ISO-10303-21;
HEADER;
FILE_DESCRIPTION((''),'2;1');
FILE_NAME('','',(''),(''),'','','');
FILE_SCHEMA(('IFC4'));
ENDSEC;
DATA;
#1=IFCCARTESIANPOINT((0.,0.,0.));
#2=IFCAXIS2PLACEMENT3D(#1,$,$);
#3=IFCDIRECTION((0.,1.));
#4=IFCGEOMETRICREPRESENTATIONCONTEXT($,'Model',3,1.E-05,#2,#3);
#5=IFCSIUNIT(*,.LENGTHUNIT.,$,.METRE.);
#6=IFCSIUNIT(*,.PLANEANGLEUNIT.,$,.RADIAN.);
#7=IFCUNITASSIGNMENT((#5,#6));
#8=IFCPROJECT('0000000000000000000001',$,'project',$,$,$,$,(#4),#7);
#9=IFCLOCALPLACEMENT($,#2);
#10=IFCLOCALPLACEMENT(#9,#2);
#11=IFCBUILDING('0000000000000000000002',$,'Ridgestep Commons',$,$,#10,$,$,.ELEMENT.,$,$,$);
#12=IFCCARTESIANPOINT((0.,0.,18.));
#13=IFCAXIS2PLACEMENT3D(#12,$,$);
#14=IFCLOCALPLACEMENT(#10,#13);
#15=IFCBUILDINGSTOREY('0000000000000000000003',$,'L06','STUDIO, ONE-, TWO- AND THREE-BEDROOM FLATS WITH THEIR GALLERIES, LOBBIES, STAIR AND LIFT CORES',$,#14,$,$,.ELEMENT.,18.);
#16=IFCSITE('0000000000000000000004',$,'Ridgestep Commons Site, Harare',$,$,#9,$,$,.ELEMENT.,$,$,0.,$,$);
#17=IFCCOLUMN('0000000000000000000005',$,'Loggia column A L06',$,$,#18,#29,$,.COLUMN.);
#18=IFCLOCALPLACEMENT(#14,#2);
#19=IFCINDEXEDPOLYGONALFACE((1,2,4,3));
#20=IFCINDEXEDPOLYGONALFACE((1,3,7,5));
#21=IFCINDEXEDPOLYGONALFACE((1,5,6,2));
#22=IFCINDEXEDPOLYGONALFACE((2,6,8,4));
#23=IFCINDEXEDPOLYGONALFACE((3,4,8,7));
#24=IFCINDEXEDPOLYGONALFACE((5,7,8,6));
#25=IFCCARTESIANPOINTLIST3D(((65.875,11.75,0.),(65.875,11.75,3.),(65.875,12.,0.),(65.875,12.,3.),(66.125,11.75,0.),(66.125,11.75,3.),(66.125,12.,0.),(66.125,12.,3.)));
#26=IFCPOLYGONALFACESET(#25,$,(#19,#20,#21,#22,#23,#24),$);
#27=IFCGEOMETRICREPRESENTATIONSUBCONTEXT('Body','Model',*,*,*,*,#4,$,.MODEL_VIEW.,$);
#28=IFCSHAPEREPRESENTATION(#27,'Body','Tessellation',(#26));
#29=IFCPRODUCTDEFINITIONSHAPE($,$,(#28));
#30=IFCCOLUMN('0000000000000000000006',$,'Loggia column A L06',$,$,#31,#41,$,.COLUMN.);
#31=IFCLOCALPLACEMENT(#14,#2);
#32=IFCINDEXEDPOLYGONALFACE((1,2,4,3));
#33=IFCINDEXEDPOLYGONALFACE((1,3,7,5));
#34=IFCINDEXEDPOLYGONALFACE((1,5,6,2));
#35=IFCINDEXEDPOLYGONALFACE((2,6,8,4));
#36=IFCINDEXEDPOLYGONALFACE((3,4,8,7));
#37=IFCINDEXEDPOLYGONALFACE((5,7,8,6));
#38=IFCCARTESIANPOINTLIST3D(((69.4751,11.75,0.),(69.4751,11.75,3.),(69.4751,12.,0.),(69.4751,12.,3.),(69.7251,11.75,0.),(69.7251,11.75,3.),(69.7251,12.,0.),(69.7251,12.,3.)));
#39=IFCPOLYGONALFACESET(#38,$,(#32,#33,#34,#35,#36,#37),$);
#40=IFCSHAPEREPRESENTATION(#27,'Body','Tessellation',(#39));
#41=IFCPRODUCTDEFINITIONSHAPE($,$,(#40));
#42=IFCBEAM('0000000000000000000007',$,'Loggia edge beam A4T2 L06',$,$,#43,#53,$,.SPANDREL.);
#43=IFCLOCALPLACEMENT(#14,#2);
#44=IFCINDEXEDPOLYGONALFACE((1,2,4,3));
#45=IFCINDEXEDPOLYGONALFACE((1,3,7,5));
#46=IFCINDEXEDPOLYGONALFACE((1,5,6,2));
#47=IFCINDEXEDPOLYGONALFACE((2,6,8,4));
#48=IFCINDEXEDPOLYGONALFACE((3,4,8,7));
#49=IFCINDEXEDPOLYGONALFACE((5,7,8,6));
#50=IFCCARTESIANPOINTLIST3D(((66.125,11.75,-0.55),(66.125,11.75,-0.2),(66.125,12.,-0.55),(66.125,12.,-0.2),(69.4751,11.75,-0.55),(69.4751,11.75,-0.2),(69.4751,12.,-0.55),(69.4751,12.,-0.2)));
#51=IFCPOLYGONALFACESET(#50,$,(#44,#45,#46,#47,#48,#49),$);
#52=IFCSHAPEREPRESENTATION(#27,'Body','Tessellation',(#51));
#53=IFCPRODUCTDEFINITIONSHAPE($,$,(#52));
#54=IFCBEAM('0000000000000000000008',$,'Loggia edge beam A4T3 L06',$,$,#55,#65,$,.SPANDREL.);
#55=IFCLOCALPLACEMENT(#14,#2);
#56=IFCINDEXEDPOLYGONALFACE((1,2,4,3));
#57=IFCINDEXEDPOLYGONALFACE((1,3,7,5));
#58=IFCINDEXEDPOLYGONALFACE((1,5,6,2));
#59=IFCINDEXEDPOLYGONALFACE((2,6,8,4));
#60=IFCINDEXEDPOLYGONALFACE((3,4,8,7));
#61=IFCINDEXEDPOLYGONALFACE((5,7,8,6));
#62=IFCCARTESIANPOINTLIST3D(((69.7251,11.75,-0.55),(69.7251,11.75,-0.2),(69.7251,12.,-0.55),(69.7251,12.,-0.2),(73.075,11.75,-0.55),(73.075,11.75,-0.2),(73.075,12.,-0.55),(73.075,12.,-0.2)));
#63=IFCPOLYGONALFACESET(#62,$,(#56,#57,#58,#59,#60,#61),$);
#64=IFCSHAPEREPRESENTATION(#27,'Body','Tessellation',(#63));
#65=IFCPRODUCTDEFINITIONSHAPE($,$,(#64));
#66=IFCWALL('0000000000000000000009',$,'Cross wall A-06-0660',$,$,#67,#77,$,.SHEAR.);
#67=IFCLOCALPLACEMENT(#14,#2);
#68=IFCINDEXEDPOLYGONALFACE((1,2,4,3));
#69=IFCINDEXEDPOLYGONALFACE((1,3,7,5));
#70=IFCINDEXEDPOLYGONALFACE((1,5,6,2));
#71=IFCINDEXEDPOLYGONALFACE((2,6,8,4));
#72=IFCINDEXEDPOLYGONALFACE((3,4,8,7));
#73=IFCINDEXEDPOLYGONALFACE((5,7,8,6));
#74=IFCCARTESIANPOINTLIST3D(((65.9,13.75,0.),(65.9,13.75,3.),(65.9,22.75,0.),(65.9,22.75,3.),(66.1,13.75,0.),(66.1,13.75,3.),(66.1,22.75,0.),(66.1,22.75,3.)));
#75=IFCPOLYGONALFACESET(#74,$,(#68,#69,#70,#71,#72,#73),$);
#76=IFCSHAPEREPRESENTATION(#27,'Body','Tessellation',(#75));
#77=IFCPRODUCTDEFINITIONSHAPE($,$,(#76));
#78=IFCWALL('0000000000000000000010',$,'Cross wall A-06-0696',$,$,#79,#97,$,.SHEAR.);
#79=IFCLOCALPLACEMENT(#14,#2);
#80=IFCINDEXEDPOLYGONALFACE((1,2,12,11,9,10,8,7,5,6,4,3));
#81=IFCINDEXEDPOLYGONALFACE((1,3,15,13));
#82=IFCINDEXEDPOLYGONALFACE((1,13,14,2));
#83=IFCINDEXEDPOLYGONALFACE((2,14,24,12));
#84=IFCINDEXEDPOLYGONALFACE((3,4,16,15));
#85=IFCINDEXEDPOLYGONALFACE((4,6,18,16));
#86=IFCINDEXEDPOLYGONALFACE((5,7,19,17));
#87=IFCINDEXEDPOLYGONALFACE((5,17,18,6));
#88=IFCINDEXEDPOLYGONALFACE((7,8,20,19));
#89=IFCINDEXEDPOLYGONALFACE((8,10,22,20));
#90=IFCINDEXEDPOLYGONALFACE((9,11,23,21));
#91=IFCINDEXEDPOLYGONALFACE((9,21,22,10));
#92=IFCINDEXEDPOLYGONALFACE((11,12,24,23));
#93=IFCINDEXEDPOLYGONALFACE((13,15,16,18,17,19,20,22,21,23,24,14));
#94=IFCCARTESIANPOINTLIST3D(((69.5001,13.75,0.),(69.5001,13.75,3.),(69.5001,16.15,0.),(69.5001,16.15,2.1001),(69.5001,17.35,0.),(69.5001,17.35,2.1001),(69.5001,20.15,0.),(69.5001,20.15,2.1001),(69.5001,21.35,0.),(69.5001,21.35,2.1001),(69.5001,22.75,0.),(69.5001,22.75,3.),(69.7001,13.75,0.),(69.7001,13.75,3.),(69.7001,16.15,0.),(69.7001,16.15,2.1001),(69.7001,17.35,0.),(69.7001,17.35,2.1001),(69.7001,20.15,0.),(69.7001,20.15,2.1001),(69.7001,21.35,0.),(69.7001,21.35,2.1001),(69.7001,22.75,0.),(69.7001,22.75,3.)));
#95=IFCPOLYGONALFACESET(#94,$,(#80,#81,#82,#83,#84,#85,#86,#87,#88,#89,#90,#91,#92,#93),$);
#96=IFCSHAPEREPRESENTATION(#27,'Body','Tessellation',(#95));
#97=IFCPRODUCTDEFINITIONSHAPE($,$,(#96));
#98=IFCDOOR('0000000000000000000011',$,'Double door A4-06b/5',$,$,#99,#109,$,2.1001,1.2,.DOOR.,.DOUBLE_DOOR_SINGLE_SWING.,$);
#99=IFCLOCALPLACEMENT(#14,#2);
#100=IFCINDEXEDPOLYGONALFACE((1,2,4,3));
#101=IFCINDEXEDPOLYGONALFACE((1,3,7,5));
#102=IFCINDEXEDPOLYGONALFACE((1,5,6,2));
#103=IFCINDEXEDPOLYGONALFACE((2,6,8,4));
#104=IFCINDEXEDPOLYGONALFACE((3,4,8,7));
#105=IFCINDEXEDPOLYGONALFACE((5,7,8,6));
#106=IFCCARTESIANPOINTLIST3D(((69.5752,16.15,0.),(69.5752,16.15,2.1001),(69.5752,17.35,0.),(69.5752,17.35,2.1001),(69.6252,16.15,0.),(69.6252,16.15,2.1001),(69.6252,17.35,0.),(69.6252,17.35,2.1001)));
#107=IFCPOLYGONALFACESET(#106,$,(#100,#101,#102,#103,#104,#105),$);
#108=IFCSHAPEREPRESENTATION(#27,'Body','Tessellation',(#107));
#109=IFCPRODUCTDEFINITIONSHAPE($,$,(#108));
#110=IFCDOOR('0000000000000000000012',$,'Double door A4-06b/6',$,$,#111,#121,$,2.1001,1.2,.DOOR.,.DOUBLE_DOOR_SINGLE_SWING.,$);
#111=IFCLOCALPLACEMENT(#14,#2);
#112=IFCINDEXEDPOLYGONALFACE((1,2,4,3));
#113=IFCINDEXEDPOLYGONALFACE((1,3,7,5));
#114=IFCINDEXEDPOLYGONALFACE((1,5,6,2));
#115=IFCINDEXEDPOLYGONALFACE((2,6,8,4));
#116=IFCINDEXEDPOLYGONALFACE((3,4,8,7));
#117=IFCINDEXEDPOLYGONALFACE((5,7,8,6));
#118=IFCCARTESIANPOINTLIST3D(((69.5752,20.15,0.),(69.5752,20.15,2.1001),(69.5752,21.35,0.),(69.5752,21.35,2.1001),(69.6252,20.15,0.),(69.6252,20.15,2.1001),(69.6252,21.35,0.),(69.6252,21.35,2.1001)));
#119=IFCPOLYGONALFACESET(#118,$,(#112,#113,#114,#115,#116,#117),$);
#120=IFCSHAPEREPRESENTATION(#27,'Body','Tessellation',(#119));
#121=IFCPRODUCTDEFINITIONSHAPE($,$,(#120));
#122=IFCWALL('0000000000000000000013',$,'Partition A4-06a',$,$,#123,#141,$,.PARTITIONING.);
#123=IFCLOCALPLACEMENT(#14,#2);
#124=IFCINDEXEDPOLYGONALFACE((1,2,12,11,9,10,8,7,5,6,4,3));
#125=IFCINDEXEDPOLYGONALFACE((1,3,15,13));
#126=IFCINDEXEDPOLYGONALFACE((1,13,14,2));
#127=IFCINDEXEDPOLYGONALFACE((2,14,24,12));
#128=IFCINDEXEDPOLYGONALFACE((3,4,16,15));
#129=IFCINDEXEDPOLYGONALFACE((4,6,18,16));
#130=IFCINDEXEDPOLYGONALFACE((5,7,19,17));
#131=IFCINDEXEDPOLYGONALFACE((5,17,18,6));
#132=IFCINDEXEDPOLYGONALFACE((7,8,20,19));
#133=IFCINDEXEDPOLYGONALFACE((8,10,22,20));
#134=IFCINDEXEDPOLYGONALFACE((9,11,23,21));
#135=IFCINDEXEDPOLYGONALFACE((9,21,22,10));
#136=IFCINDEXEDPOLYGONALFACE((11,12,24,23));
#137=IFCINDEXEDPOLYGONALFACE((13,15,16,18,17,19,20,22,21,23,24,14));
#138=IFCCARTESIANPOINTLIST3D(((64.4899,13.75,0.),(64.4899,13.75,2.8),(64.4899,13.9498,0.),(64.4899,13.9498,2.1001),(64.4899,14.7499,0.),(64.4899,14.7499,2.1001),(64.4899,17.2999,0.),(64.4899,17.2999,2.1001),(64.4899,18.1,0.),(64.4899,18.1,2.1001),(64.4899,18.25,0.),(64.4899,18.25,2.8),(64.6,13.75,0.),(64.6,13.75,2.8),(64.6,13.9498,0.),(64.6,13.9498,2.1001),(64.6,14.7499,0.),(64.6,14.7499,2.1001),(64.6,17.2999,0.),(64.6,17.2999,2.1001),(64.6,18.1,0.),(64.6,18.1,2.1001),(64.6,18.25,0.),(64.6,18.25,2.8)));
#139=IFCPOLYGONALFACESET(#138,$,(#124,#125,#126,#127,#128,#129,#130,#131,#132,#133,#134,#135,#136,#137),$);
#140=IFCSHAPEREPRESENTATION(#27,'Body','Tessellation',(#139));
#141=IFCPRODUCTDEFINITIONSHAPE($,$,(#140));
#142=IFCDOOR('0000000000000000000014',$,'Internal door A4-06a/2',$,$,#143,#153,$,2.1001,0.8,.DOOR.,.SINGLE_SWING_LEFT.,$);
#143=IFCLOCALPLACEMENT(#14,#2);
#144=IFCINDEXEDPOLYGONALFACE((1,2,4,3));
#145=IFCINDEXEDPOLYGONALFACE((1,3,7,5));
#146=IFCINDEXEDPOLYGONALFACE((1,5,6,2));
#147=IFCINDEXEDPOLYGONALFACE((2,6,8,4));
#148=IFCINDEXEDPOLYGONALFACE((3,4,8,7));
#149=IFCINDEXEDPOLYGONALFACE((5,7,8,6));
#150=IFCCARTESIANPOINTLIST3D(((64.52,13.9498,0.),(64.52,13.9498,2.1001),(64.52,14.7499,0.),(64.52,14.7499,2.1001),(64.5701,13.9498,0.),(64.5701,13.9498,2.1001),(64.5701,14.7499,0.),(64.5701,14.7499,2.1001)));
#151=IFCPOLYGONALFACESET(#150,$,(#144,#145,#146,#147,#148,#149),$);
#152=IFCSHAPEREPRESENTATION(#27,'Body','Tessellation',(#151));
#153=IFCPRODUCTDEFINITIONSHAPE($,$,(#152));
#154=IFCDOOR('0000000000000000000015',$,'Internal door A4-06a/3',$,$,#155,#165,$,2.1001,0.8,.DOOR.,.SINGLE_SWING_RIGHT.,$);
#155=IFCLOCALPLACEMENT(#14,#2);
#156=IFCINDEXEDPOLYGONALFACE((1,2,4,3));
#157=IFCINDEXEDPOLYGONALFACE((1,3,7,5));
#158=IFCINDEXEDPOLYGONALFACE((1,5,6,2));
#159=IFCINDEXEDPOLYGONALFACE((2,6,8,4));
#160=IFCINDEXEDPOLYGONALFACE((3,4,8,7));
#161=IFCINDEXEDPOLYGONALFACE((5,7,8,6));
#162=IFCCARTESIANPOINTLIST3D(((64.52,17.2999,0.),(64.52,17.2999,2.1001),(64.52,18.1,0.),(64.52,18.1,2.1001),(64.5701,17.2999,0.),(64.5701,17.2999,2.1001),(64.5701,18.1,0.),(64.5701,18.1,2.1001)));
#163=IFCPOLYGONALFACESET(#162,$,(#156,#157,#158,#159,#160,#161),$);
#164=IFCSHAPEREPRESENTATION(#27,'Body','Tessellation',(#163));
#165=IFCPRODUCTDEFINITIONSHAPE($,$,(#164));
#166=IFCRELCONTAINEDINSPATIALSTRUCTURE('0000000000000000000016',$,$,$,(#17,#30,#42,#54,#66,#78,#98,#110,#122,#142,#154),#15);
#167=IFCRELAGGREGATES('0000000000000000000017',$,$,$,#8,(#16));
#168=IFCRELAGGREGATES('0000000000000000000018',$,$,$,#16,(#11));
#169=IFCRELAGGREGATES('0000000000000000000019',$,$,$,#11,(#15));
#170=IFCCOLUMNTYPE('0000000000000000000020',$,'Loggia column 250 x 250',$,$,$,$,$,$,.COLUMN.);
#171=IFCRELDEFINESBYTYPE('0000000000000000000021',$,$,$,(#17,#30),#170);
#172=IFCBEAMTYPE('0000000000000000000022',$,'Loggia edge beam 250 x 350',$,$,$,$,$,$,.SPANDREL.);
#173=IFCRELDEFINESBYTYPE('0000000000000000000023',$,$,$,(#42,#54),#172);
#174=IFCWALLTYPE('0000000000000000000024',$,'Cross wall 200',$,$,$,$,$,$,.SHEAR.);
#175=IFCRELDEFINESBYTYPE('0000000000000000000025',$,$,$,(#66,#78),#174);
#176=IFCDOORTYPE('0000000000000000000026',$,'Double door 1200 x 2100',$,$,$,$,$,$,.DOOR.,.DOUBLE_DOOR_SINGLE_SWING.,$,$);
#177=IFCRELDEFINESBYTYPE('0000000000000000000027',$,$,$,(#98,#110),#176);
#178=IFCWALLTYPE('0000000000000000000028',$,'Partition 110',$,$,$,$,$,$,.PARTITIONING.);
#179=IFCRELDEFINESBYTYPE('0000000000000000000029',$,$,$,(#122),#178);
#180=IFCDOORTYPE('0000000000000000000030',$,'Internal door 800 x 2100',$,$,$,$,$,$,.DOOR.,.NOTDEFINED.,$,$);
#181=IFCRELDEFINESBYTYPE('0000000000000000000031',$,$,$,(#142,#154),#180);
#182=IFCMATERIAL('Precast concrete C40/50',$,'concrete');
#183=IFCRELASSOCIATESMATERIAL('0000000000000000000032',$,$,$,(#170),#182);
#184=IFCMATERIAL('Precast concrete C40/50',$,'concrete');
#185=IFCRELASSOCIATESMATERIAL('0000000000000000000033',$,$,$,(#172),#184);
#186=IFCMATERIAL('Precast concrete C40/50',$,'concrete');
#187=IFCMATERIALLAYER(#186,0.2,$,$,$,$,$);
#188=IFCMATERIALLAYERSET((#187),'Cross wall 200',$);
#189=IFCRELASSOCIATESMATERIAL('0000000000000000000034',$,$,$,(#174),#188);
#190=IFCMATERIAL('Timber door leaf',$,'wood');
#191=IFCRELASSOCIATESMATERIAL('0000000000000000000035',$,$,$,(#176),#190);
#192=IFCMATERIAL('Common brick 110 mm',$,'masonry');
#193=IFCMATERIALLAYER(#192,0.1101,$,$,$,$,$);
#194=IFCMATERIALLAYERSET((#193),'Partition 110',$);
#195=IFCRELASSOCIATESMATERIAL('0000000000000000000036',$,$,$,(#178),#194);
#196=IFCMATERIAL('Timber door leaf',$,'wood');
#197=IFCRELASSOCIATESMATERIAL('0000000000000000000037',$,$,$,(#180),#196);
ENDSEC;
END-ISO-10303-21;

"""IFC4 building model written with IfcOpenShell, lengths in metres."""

from ifc_helpers import new_model, si_unit, direction, frame, frame_2d, origin, origin_2d, place, context, subcontext, project, spatial, rectangle, extrude, material, layer, layer_set, material_profile, profile_set, type_object, element, fill, save


model = new_model("IFC4")

# Units and contexts
model_context = context("Model", 3, precision=1e-05, world=origin(), true_north=direction((0.0, 1.0)))
body_context = subcontext(model_context, "Body", "Model", "MODEL_VIEW")
ifc_project = project(units=[si_unit("LENGTHUNIT", "METRE"), si_unit("PLANEANGLEUNIT", "RADIAN")], contexts=[model_context])

# Site, building, storey
site_placement = place(None, origin())
site = spatial("IfcSite", under=ifc_project, at=site_placement, Name="Ridgestep Commons Site, Harare", CompositionType="ELEMENT", RefElevation=0.0)
building_placement = place(site_placement, origin())
building = spatial("IfcBuilding", under=site, at=building_placement, Name="Ridgestep Commons", CompositionType="ELEMENT")
storey_placement = place(building_placement, frame((0.0, 0.0, 18.0)))
storey = spatial("IfcBuildingStorey", under=building, at=storey_placement, Name="L06", Description="STUDIO, ONE-, TWO- AND THREE-BEDROOM FLATS WITH THEIR GALLERIES, LOBBIES, STAIR AND LIFT CORES", CompositionType="ELEMENT", Elevation=18.0)

# Columns
ifc_material_1 = material(Name="Precast concrete C40/50", Category="concrete")
ifc_material_profile_1 = material_profile(ifc_material_1, rectangle(XDim=0.25, YDim=0.25, at=origin_2d()), Name="PC 250x250")
ifc_profile_set_1 = profile_set([ifc_material_profile_1], Name="Precast concrete C40/50")
column_type = type_object("IfcColumnType", Name="Loggia column 250 x 250", PredefinedType="COLUMN", material=ifc_profile_set_1)
for number, where, z_axis, x_axis, name in (
    (1, (66.0, 11.875, 0.0), (0.0, 0.0, 1.0), (1.0, 0.0, 0.0), "Loggia column A L06"),
    (2, (69.6001, 11.875, 0.0), (0.0, 0.0, 1.0), (1.0, 0.0, 0.0), "Loggia column A L06"),
):
    element("IfcColumn", number, at=place(storey_placement, frame(where, z_axis=z_axis, x_axis=x_axis)), inside=storey, type_object=column_type, Name=name, PredefinedType="COLUMN", context=body_context, shape_type="SweptSolid", body=[
        extrude(rectangle(XDim=0.25, YDim=0.25, at=origin_2d()), origin(), (0.0, 0.0, 1.0), 3.0),
    ])

# Beams
ifc_material_2 = material(Name="Precast concrete C40/50", Category="concrete")
ifc_material_profile_2 = material_profile(ifc_material_2, rectangle(XDim=0.25, YDim=0.3501, at=origin_2d()), Name="PC 250x350")
ifc_profile_set_2 = profile_set([ifc_material_profile_2], Name="Precast concrete C40/50")
beam_type = type_object("IfcBeamType", Name="Loggia edge beam 250 x 350", PredefinedType="SPANDREL", material=ifc_profile_set_2)
beam_1_placement = place(storey_placement, frame((66.125, 11.875, -0.375), z_axis=(1.0, 0.0, 0.0), x_axis=(0.0, 1.0, 0.0)))
element("IfcBeam", 3, at=beam_1_placement, inside=storey, type_object=beam_type, Name="Loggia edge beam A4T2 L06", PredefinedType="SPANDREL", context=body_context, shape_type="SweptSolid", body=[
    extrude(rectangle(XDim=0.25, YDim=0.3501, at=origin_2d()), origin(), (0.0, 0.0, 1.0), 3.3501),
])
beam_2_placement = place(storey_placement, frame((69.7251, 11.875, -0.375), z_axis=(1.0, 0.0, 0.0), x_axis=(0.0, 1.0, 0.0)))
element("IfcBeam", 4, at=beam_2_placement, inside=storey, type_object=beam_type, Name="Loggia edge beam A4T3 L06", PredefinedType="SPANDREL", context=body_context, shape_type="SweptSolid", body=[
    extrude(rectangle(XDim=0.25, YDim=0.3501, at=origin_2d()), origin(), (0.0, 0.0, 1.0), 3.3499),
])

# Wall
ifc_material_3 = material(Name="Precast concrete C40/50", Category="concrete")
ifc_layer_1 = layer(ifc_material_3, 0.2)
ifc_layer_set_1 = layer_set([ifc_layer_1], Name="Cross wall 200")
wall_type_1 = type_object("IfcWallType", Name="Cross wall 200", PredefinedType="SHEAR", material=ifc_layer_set_1)
wall_1_placement = place(storey_placement, frame((66.0, 13.75, 0.0), z_axis=(0.0, 0.0, 1.0), x_axis=(0.0, 1.0, 0.0)))
element("IfcWall", 5, at=wall_1_placement, inside=storey, type_object=wall_type_1, Name="Cross wall A-06-0660", PredefinedType="SHEAR", context=body_context, shape_type="SweptSolid", body=[
    extrude(rectangle(XDim=9.0, YDim=0.2, at=frame_2d((4.5, 0.0))), origin(), (0.0, 0.0, 1.0), 3.0),
])

# Walls, openings, doors
wall_2_placement = place(storey_placement, frame((69.6001, 13.75, 0.0), z_axis=(0.0, 0.0, 1.0), x_axis=(0.0, 1.0, 0.0)))
wall_2 = element("IfcWall", 6, at=wall_2_placement, inside=storey, type_object=wall_type_1, Name="Cross wall A-06-0696", PredefinedType="SHEAR", context=body_context, shape_type="SweptSolid", body=[
    extrude(rectangle(XDim=9.0, YDim=0.2, at=frame_2d((4.5, 0.0))), origin(), (0.0, 0.0, 1.0), 3.0),
])
opening_1_placement = place(wall_2_placement, frame((2.3999, 0.0, 0.0)))
opening_1 = element("IfcOpeningElement", 7, at=opening_1_placement, cuts=wall_2, PredefinedType="OPENING", context=body_context, shape_type="SweptSolid", body=[
    extrude(rectangle(XDim=1.2, YDim=2.1001, at=frame_2d((0.6001, 1.05))), frame((0.0, 0.1099, 0.0), z_axis=(0.0, -1.0, 0.0), x_axis=(1.0, 0.0, 0.0)), (0.0, 0.0, 1.0), 0.22),
])
opening_2_placement = place(wall_2_placement, frame((6.3999, 0.0, 0.0)))
opening_2 = element("IfcOpeningElement", 8, at=opening_2_placement, cuts=wall_2, PredefinedType="OPENING", context=body_context, shape_type="SweptSolid", body=[
    extrude(rectangle(XDim=1.2, YDim=2.1001, at=frame_2d((0.6001, 1.05))), frame((0.0, 0.1099, 0.0), z_axis=(0.0, -1.0, 0.0), x_axis=(1.0, 0.0, 0.0)), (0.0, 0.0, 1.0), 0.22),
])
ifc_material_4 = material(Name="Timber door leaf", Category="wood")
door_type_1 = type_object("IfcDoorType", Name="Double door 1200 x 2100", OperationType="DOUBLE_DOOR_SINGLE_SWING", PredefinedType="DOOR", material=ifc_material_4)
door_1_placement = place(opening_1_placement, origin())
door_1 = element("IfcDoor", 9, at=door_1_placement, inside=storey, type_object=door_type_1, Name="Double door A4-06b/5", OperationType="DOUBLE_DOOR_SINGLE_SWING", OverallHeight=2.1001, OverallWidth=1.2, PredefinedType="DOOR", context=body_context, shape_type="SweptSolid", body=[
    extrude(rectangle(XDim=1.2, YDim=2.1001, at=frame_2d((0.6001, 1.05))), frame((0.0, 0.0249, 0.0), z_axis=(0.0, -1.0, 0.0), x_axis=(1.0, 0.0, 0.0)), (0.0, 0.0, 1.0), 0.05),
])
fill(opening_1, door_1)
door_2_placement = place(opening_2_placement, origin())
door_2 = element("IfcDoor", 10, at=door_2_placement, inside=storey, type_object=door_type_1, Name="Double door A4-06b/6", OperationType="DOUBLE_DOOR_SINGLE_SWING", OverallHeight=2.1001, OverallWidth=1.2, PredefinedType="DOOR", context=body_context, shape_type="SweptSolid", body=[
    extrude(rectangle(XDim=1.2, YDim=2.1001, at=frame_2d((0.6001, 1.05))), frame((0.0, 0.0249, 0.0), z_axis=(0.0, -1.0, 0.0), x_axis=(1.0, 0.0, 0.0)), (0.0, 0.0, 1.0), 0.05),
])
fill(opening_2, door_2)
ifc_material_5 = material(Name="Common brick 110 mm", Category="masonry")
ifc_layer_2 = layer(ifc_material_5, 0.1101)
ifc_layer_set_2 = layer_set([ifc_layer_2], Name="Partition 110")
wall_type_2 = type_object("IfcWallType", Name="Partition 110", PredefinedType="PARTITIONING", material=ifc_layer_set_2)
wall_3_placement = place(storey_placement, frame((64.5449, 13.75, 0.0), z_axis=(0.0, 0.0, 1.0), x_axis=(0.0, 1.0, 0.0)))
wall_3 = element("IfcWall", 11, at=wall_3_placement, inside=storey, type_object=wall_type_2, Name="Partition A4-06a", PredefinedType="PARTITIONING", context=body_context, shape_type="SweptSolid", body=[
    extrude(rectangle(XDim=4.5, YDim=0.1101, at=frame_2d((2.25, 0.0))), origin(), (0.0, 0.0, 1.0), 2.8),
])
opening_3_placement = place(wall_3_placement, frame((0.2, 0.0, 0.0)))
opening_3 = element("IfcOpeningElement", 12, at=opening_3_placement, cuts=wall_3, PredefinedType="OPENING", context=body_context, shape_type="SweptSolid", body=[
    extrude(rectangle(XDim=0.8, YDim=2.1001, at=frame_2d((0.3999, 1.05))), frame((0.0, 0.0649, 0.0), z_axis=(0.0, -1.0, 0.0), x_axis=(1.0, 0.0, 0.0)), (0.0, 0.0, 1.0), 0.1301),
])
opening_4_placement = place(wall_3_placement, frame((3.55, 0.0, 0.0)))
opening_4 = element("IfcOpeningElement", 13, at=opening_4_placement, cuts=wall_3, PredefinedType="OPENING", context=body_context, shape_type="SweptSolid", body=[
    extrude(rectangle(XDim=0.8, YDim=2.1001, at=frame_2d((0.3999, 1.05))), frame((0.0, 0.0649, 0.0), z_axis=(0.0, -1.0, 0.0), x_axis=(1.0, 0.0, 0.0)), (0.0, 0.0, 1.0), 0.1301),
])
ifc_material_6 = material(Name="Timber door leaf", Category="wood")
door_type_2 = type_object("IfcDoorType", Name="Internal door 800 x 2100", OperationType="NOTDEFINED", PredefinedType="DOOR", material=ifc_material_6)
door_3_placement = place(opening_3_placement, origin())
door_3 = element("IfcDoor", 14, at=door_3_placement, inside=storey, type_object=door_type_2, Name="Internal door A4-06a/2", OperationType="SINGLE_SWING_LEFT", OverallHeight=2.1001, OverallWidth=0.8, PredefinedType="DOOR", context=body_context, shape_type="SweptSolid", body=[
    extrude(rectangle(XDim=0.8, YDim=2.1001, at=frame_2d((0.3999, 1.05))), frame((0.0, 0.0249, 0.0), z_axis=(0.0, -1.0, 0.0), x_axis=(1.0, 0.0, 0.0)), (0.0, 0.0, 1.0), 0.05),
])
fill(opening_3, door_3)
door_4_placement = place(opening_4_placement, origin())
door_4 = element("IfcDoor", 15, at=door_4_placement, inside=storey, type_object=door_type_2, Name="Internal door A4-06a/3", OperationType="SINGLE_SWING_RIGHT", OverallHeight=2.1001, OverallWidth=0.8, PredefinedType="DOOR", context=body_context, shape_type="SweptSolid", body=[
    extrude(rectangle(XDim=0.8, YDim=2.1001, at=frame_2d((0.3999, 1.05))), frame((0.0, 0.0249, 0.0), z_axis=(0.0, -1.0, 0.0), x_axis=(1.0, 0.0, 0.0)), (0.0, 0.0, 1.0), 0.05),
])
fill(opening_4, door_4)

save(model, "model.ifc")
